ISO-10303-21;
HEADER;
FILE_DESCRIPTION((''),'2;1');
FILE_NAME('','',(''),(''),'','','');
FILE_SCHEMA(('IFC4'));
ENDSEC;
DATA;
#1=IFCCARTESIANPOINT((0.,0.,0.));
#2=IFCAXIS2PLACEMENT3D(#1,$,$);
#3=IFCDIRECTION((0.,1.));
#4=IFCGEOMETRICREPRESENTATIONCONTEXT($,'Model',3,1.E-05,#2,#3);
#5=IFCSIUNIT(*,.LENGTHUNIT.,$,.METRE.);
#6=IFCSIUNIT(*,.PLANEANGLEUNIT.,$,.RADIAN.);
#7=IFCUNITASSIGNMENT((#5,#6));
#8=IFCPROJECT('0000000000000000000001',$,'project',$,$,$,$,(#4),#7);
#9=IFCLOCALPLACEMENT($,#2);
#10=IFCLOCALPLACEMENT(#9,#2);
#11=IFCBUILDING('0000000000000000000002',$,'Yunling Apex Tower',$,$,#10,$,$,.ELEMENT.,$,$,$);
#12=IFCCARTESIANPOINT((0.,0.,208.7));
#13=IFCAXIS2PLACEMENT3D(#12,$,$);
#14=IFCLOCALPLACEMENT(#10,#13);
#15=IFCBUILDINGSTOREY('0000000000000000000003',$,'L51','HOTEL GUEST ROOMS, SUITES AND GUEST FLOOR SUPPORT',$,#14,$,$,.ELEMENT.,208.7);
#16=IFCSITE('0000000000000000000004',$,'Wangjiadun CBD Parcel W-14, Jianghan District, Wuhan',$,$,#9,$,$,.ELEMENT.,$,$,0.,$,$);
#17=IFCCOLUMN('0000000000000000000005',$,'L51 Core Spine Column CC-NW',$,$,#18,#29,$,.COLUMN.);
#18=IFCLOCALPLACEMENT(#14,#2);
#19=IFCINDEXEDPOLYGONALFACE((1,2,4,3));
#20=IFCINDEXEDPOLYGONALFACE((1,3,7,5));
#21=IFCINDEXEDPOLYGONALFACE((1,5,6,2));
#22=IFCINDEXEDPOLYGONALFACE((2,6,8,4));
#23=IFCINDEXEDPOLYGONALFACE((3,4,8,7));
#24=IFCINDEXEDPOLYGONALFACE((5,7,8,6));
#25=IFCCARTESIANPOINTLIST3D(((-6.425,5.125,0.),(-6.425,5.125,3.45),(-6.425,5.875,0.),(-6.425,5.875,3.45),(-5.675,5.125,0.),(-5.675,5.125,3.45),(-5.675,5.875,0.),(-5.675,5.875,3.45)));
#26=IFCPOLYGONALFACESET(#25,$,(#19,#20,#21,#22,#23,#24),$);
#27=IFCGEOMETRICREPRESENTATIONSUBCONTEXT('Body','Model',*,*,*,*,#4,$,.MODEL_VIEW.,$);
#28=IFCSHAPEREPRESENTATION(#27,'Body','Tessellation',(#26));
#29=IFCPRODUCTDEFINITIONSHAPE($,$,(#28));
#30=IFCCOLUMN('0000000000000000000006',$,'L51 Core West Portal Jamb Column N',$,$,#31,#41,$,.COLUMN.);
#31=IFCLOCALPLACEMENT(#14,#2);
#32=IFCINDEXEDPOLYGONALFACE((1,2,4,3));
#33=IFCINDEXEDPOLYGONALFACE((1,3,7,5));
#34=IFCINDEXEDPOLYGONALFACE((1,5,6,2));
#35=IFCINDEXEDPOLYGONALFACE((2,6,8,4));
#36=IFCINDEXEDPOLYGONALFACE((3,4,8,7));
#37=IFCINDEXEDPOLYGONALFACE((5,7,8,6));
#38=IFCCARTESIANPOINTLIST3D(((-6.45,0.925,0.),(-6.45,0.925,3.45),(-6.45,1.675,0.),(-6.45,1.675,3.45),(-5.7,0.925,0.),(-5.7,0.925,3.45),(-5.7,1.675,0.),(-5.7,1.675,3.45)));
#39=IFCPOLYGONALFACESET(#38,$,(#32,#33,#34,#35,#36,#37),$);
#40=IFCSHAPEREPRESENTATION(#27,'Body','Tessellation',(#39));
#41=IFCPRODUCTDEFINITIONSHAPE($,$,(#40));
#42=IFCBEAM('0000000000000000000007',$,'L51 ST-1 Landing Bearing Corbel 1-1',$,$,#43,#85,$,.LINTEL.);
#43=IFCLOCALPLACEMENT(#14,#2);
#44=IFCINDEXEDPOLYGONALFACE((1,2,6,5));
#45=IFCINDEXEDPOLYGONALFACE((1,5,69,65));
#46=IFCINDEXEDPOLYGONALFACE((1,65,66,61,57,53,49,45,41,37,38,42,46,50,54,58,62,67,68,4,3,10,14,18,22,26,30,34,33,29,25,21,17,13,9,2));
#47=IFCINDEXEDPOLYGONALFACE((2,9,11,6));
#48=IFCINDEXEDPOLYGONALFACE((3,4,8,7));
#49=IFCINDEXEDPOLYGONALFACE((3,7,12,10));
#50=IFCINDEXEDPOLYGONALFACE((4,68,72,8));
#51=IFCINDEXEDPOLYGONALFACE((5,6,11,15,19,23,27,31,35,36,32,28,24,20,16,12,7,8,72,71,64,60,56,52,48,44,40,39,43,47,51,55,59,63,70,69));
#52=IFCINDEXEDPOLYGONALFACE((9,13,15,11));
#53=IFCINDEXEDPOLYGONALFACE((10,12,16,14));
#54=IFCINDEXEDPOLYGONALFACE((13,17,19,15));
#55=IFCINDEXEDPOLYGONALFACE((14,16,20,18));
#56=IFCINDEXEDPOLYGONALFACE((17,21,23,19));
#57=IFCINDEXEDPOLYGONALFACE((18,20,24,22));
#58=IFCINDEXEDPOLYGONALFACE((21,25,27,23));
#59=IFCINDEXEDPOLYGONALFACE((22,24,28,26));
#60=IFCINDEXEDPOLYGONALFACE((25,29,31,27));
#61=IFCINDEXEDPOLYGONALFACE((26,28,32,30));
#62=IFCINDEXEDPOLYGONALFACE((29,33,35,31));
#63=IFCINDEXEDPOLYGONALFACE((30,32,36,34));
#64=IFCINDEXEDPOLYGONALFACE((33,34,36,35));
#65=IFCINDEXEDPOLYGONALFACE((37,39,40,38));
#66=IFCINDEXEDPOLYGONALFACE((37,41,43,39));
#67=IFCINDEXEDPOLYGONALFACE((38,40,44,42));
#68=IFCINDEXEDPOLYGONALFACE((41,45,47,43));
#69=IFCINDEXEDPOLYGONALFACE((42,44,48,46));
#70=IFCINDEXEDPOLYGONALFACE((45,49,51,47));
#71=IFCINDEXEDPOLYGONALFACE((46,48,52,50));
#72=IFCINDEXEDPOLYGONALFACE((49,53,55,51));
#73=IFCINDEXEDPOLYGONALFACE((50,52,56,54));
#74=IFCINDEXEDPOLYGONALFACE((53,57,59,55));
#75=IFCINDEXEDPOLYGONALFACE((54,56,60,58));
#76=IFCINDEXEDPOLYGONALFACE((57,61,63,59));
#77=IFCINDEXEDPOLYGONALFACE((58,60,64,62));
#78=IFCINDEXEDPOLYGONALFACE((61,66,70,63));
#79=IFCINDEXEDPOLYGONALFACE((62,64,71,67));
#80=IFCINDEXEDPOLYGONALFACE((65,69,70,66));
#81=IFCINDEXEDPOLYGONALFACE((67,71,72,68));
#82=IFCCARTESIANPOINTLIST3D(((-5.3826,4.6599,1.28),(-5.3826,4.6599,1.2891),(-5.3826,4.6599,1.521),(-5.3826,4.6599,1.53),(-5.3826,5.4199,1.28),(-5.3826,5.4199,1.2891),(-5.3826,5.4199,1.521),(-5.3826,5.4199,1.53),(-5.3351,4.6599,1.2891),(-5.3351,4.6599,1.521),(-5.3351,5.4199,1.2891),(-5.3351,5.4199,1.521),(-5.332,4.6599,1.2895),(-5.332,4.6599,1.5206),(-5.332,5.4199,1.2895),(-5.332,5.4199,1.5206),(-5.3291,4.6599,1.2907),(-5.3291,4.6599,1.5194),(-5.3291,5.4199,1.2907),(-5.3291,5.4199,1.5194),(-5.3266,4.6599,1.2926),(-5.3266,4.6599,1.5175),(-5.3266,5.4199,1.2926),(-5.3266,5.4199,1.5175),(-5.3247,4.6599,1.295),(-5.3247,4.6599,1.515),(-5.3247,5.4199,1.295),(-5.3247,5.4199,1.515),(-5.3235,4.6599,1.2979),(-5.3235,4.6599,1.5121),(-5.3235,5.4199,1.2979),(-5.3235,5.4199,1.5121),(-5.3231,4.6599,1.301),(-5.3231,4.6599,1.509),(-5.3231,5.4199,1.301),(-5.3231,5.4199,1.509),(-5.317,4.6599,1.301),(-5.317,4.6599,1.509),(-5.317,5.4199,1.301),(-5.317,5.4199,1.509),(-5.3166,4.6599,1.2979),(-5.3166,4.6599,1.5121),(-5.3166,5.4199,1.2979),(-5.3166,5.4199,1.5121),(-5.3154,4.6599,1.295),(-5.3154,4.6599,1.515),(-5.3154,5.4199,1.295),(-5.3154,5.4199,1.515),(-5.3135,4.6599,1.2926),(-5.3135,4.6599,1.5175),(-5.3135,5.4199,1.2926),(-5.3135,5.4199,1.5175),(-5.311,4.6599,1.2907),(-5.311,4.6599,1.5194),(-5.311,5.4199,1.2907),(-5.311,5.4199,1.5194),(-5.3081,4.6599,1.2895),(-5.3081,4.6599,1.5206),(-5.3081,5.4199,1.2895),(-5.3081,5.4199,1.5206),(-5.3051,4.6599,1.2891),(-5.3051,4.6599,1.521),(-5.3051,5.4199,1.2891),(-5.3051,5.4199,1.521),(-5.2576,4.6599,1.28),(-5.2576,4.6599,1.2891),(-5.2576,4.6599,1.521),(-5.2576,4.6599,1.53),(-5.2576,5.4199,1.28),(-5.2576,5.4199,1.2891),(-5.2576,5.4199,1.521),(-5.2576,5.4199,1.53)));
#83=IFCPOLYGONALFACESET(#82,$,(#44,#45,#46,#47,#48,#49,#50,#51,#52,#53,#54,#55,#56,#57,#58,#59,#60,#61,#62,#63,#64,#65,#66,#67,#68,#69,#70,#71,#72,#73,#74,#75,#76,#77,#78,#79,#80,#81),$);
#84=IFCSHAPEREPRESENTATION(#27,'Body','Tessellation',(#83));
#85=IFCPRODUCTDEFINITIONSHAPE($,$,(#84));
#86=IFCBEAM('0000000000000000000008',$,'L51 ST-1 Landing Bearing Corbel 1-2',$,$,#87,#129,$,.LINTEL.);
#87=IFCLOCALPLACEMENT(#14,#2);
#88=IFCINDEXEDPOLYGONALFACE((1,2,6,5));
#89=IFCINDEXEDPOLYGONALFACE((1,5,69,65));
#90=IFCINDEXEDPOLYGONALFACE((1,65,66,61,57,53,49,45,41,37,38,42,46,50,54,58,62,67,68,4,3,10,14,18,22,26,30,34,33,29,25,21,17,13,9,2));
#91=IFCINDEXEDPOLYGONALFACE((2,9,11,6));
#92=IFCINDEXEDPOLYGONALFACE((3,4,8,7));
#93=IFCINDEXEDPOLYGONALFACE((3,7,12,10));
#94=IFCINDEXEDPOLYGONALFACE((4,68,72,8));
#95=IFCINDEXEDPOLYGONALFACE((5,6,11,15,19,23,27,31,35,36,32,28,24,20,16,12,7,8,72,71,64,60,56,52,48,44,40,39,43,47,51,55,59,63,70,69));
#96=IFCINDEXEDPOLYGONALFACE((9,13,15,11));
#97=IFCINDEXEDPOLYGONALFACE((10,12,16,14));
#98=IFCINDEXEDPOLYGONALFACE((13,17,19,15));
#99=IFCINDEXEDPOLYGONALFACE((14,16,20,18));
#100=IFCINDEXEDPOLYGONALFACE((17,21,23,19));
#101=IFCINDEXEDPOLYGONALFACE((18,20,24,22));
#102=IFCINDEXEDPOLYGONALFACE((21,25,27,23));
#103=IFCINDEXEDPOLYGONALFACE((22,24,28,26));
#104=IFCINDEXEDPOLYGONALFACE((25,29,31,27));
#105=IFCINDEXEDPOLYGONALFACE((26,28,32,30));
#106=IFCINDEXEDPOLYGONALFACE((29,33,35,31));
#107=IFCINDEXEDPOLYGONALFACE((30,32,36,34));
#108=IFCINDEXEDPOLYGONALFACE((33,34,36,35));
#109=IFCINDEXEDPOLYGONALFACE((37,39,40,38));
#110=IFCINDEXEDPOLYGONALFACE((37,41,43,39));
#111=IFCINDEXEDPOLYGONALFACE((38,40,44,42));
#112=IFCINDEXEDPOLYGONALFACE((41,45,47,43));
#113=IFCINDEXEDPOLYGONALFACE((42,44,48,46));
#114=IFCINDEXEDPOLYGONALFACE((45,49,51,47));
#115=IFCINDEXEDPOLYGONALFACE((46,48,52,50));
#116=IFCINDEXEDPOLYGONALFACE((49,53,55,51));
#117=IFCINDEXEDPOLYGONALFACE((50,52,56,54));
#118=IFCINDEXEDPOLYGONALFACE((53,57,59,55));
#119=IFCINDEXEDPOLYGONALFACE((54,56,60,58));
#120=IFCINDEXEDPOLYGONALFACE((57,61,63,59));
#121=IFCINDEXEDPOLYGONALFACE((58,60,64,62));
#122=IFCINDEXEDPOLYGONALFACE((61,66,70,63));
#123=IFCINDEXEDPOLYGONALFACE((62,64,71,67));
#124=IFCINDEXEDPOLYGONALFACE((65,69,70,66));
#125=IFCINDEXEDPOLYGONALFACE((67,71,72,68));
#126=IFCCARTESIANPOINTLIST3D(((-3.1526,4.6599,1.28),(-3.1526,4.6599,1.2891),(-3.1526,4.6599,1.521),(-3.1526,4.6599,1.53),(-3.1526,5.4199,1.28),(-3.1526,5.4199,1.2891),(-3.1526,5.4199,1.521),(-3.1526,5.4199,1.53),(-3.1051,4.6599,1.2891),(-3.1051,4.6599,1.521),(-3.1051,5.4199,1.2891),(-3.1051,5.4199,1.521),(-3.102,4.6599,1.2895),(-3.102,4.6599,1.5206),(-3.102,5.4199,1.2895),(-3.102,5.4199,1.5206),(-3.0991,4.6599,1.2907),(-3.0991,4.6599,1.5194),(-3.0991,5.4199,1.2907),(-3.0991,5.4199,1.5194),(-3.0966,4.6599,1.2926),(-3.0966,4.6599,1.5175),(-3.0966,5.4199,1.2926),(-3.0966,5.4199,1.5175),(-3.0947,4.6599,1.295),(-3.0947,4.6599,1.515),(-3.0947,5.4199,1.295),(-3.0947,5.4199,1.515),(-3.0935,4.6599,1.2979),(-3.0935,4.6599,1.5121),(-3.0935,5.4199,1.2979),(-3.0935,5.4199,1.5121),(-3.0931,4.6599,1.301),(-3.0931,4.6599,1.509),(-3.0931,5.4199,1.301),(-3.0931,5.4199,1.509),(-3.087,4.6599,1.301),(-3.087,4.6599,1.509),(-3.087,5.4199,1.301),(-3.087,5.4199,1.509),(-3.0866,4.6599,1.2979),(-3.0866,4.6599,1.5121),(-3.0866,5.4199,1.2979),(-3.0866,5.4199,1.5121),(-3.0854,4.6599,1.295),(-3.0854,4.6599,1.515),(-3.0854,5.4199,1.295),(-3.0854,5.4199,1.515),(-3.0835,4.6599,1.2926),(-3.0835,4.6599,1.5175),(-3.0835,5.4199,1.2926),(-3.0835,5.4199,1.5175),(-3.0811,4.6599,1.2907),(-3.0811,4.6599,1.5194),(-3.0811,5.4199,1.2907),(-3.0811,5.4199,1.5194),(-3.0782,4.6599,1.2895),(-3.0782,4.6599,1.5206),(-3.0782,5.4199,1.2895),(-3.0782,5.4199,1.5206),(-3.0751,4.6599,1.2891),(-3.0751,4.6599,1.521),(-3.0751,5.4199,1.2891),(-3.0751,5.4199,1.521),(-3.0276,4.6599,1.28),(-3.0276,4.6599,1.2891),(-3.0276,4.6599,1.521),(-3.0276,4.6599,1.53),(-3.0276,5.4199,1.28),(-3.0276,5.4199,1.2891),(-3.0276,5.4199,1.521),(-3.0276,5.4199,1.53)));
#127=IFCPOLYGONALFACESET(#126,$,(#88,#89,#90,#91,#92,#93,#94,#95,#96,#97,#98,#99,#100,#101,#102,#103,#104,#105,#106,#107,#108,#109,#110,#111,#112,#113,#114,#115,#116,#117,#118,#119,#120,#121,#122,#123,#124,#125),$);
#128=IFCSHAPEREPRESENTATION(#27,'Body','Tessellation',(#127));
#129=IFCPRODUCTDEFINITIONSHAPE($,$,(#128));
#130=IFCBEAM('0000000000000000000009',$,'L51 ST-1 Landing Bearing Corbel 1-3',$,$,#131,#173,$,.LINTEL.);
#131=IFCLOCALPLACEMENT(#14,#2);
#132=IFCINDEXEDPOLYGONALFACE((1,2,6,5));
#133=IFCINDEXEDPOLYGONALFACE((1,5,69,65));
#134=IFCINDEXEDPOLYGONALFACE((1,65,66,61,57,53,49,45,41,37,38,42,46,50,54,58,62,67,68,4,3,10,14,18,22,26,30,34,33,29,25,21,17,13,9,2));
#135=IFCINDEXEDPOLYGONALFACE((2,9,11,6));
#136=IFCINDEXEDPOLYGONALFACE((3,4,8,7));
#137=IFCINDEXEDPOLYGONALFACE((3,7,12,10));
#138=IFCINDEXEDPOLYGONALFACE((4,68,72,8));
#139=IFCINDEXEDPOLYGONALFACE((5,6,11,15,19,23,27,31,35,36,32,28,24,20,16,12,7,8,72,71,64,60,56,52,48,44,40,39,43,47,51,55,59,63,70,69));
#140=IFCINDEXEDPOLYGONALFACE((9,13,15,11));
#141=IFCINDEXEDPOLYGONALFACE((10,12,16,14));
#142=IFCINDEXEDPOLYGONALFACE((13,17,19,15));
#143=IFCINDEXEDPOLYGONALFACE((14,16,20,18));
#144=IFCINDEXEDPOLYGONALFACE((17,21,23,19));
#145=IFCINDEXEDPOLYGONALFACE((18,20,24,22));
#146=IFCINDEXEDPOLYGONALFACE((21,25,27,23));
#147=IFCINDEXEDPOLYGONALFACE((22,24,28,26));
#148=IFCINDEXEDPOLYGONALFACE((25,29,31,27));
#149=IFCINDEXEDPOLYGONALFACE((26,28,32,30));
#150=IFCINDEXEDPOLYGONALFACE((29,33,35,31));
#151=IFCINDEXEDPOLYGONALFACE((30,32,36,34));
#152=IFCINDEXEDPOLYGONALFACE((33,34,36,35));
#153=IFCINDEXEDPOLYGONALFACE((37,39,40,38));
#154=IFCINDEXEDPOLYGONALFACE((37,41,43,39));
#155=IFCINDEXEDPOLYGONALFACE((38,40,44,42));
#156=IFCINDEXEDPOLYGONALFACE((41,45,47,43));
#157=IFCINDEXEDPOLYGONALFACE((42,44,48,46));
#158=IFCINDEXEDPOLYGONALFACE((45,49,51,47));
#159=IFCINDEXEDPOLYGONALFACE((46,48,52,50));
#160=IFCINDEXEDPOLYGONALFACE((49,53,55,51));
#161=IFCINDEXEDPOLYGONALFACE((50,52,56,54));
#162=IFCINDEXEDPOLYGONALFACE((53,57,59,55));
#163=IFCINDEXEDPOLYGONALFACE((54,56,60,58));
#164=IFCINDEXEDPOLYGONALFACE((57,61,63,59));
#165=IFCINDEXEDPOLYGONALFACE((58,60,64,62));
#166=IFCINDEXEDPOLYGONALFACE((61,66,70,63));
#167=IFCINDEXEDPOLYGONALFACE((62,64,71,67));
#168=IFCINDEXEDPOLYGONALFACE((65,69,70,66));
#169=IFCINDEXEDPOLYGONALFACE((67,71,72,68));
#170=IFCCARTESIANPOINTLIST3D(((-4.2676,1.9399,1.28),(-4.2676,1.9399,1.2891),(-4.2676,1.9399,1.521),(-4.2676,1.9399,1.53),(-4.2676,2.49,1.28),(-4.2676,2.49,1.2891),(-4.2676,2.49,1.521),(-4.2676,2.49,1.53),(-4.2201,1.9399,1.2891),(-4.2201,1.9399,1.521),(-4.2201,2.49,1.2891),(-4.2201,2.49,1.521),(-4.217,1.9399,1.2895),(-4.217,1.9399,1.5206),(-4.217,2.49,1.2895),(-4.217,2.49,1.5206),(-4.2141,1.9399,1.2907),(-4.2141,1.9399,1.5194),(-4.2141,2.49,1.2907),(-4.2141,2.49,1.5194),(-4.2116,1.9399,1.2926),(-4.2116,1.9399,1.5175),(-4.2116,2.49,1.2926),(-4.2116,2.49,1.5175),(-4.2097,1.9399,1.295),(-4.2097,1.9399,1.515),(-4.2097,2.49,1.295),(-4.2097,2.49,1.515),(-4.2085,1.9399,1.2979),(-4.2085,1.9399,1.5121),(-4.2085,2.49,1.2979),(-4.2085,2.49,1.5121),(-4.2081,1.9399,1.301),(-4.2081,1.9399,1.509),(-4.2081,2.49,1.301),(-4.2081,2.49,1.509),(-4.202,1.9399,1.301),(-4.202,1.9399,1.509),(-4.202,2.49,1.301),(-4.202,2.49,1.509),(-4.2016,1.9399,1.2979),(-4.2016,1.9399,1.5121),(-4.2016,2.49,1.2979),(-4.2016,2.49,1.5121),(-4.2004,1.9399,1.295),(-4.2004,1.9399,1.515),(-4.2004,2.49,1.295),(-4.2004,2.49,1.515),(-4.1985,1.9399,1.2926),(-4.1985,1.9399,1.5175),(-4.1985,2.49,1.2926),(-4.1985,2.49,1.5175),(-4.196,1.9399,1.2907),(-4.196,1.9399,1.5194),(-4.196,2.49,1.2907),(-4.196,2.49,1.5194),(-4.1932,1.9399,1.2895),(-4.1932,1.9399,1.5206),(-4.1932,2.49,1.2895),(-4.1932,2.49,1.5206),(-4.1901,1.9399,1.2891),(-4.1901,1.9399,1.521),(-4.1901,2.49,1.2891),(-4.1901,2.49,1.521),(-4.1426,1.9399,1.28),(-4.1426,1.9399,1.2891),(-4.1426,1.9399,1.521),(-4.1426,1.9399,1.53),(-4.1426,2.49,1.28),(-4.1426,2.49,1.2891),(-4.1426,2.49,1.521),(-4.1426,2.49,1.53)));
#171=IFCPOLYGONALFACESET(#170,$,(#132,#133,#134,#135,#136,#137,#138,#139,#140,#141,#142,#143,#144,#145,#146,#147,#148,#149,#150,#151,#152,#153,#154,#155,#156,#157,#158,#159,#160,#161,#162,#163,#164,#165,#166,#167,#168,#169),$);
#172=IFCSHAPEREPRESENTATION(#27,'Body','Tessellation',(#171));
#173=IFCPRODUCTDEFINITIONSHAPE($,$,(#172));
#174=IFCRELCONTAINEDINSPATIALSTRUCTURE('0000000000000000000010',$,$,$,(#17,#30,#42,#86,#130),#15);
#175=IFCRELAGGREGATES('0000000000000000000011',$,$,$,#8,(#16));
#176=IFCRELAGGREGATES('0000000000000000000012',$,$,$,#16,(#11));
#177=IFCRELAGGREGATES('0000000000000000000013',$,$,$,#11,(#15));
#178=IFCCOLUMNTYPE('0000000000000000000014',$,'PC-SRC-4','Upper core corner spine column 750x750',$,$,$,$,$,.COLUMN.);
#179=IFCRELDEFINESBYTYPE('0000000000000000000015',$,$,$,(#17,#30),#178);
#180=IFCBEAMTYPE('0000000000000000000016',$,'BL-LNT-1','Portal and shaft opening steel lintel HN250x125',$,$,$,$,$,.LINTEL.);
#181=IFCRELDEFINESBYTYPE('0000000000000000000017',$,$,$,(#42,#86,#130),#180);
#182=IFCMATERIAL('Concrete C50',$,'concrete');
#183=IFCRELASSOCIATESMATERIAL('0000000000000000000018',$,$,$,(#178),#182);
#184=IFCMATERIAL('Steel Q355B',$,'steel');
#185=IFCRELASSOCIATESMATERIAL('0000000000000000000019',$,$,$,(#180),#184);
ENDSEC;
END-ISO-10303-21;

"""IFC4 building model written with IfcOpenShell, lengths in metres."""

from ifc_helpers import new_model, si_unit, direction, frame, origin, origin_2d, place, context, subcontext, project, spatial, rectangle, i_section, extrude, source, transform, mapped, material, material_profile, profile_set, type_object, element, save


model = new_model("IFC4")

# Units and contexts
model_context = context("Model", 3, precision=1e-05, world=origin(), true_north=direction((0.0, 1.0)))
body_context = subcontext(model_context, "Body", "Model", "MODEL_VIEW")
ifc_project = project(units=[si_unit("LENGTHUNIT", "METRE"), si_unit("PLANEANGLEUNIT", "RADIAN")], contexts=[model_context])

# Site, building, storey
site_placement = place(None, origin())
site = spatial("IfcSite", under=ifc_project, at=site_placement, Name="Wangjiadun CBD Parcel W-14, Jianghan District, Wuhan", CompositionType="ELEMENT", RefElevation=0.0)
building_placement = place(site_placement, origin())
building = spatial("IfcBuilding", under=site, at=building_placement, Name="Yunling Apex Tower", CompositionType="ELEMENT")
storey_placement = place(building_placement, frame((0.0, 0.0, 208.7)))
storey = spatial("IfcBuildingStorey", under=building, at=storey_placement, Name="L51", Description="HOTEL GUEST ROOMS, SUITES AND GUEST FLOOR SUPPORT", CompositionType="ELEMENT", Elevation=208.7)

# Columns
ifc_material_1 = material(Name="Concrete C50", Category="concrete")
ifc_material_profile_1 = material_profile(ifc_material_1, rectangle(XDim=0.75, YDim=0.75, at=origin_2d()))
ifc_profile_set_1 = profile_set([ifc_material_profile_1], Name="Concrete C50")
column_type = type_object("IfcColumnType", Name="PC-SRC-4", Description="Upper core corner spine column 750x750", PredefinedType="COLUMN", material=ifc_profile_set_1)
shared_shape_1 = source(origin(), body_context, "Body", "SweptSolid", [
    extrude(rectangle(XDim=0.75, YDim=0.75, at=origin_2d()), origin(), (0.0, 0.0, 1.0), 3.45),
])
for number, where, z_axis, x_axis, name in (
    (1, (-6.05, 5.5, 0.0), (0.0, 0.0, 1.0), (1.0, 0.0, 0.0), "L51 Core Spine Column CC-NW"),
    (2, (-6.075, 1.3, 0.0), (0.0, 0.0, 1.0), (1.0, 0.0, 0.0), "L51 Core West Portal Jamb Column N"),
):
    element("IfcColumn", number, at=place(storey_placement, frame(where, z_axis=z_axis, x_axis=x_axis)), inside=storey, type_object=column_type, Name=name, PredefinedType="COLUMN", context=body_context, shape_type="MappedRepresentation", body=[
        mapped(shared_shape_1, transform((0.0, 0.0, 0.0), scale=1.0)),
    ])

# Beams
ifc_material_2 = material(Name="Steel Q355B", Category="steel")
ifc_material_profile_2 = material_profile(ifc_material_2, i_section(OverallWidth=0.125, OverallDepth=0.25, WebThickness=0.0061, FlangeThickness=0.009, FilletRadius=0.012, at=origin_2d()))
ifc_profile_set_2 = profile_set([ifc_material_profile_2], Name="Steel Q355B")
beam_type = type_object("IfcBeamType", Name="BL-LNT-1", Description="Portal and shaft opening steel lintel HN250x125", PredefinedType="LINTEL", material=ifc_profile_set_2)
shared_shape_2 = source(origin(), body_context, "Body", "SweptSolid", [
    extrude(i_section(OverallWidth=0.125, OverallDepth=0.25, WebThickness=0.0061, FlangeThickness=0.009, FilletRadius=0.012, at=origin_2d()), origin(), (0.0, 0.0, 1.0), 0.76),
])
for number, where, z_axis, x_axis, name in (
    (3, (-5.3201, 5.4199, 1.405), (0.0, -1.0, 0.0), (1.0, 0.0, 0.0), "L51 ST-1 Landing Bearing Corbel 1-1"),
    (4, (-3.0901, 5.4199, 1.405), (0.0, -1.0, 0.0), (1.0, 0.0, 0.0), "L51 ST-1 Landing Bearing Corbel 1-2"),
):
    element("IfcBeam", number, at=place(storey_placement, frame(where, z_axis=z_axis, x_axis=x_axis)), inside=storey, type_object=beam_type, Name=name, PredefinedType="LINTEL", context=body_context, shape_type="MappedRepresentation", body=[
        mapped(shared_shape_2, transform((0.0, 0.0, 0.0), scale=1.0)),
    ])
shared_shape_3 = source(origin(), body_context, "Body", "SweptSolid", [
    extrude(i_section(OverallWidth=0.125, OverallDepth=0.25, WebThickness=0.0061, FlangeThickness=0.009, FilletRadius=0.012, at=origin_2d()), origin(), (0.0, 0.0, 1.0), 0.55),
])
beam_placement = place(storey_placement, frame((-4.2051, 1.9399, 1.405), z_axis=(0.0, 1.0, 0.0), x_axis=(-1.0, 0.0, 0.0)))
element("IfcBeam", 5, at=beam_placement, inside=storey, type_object=beam_type, Name="L51 ST-1 Landing Bearing Corbel 1-3", PredefinedType="LINTEL", context=body_context, shape_type="MappedRepresentation", body=[
    mapped(shared_shape_3, transform((0.0, 0.0, 0.0), scale=1.0)),
])

save(model, "model.ifc")
